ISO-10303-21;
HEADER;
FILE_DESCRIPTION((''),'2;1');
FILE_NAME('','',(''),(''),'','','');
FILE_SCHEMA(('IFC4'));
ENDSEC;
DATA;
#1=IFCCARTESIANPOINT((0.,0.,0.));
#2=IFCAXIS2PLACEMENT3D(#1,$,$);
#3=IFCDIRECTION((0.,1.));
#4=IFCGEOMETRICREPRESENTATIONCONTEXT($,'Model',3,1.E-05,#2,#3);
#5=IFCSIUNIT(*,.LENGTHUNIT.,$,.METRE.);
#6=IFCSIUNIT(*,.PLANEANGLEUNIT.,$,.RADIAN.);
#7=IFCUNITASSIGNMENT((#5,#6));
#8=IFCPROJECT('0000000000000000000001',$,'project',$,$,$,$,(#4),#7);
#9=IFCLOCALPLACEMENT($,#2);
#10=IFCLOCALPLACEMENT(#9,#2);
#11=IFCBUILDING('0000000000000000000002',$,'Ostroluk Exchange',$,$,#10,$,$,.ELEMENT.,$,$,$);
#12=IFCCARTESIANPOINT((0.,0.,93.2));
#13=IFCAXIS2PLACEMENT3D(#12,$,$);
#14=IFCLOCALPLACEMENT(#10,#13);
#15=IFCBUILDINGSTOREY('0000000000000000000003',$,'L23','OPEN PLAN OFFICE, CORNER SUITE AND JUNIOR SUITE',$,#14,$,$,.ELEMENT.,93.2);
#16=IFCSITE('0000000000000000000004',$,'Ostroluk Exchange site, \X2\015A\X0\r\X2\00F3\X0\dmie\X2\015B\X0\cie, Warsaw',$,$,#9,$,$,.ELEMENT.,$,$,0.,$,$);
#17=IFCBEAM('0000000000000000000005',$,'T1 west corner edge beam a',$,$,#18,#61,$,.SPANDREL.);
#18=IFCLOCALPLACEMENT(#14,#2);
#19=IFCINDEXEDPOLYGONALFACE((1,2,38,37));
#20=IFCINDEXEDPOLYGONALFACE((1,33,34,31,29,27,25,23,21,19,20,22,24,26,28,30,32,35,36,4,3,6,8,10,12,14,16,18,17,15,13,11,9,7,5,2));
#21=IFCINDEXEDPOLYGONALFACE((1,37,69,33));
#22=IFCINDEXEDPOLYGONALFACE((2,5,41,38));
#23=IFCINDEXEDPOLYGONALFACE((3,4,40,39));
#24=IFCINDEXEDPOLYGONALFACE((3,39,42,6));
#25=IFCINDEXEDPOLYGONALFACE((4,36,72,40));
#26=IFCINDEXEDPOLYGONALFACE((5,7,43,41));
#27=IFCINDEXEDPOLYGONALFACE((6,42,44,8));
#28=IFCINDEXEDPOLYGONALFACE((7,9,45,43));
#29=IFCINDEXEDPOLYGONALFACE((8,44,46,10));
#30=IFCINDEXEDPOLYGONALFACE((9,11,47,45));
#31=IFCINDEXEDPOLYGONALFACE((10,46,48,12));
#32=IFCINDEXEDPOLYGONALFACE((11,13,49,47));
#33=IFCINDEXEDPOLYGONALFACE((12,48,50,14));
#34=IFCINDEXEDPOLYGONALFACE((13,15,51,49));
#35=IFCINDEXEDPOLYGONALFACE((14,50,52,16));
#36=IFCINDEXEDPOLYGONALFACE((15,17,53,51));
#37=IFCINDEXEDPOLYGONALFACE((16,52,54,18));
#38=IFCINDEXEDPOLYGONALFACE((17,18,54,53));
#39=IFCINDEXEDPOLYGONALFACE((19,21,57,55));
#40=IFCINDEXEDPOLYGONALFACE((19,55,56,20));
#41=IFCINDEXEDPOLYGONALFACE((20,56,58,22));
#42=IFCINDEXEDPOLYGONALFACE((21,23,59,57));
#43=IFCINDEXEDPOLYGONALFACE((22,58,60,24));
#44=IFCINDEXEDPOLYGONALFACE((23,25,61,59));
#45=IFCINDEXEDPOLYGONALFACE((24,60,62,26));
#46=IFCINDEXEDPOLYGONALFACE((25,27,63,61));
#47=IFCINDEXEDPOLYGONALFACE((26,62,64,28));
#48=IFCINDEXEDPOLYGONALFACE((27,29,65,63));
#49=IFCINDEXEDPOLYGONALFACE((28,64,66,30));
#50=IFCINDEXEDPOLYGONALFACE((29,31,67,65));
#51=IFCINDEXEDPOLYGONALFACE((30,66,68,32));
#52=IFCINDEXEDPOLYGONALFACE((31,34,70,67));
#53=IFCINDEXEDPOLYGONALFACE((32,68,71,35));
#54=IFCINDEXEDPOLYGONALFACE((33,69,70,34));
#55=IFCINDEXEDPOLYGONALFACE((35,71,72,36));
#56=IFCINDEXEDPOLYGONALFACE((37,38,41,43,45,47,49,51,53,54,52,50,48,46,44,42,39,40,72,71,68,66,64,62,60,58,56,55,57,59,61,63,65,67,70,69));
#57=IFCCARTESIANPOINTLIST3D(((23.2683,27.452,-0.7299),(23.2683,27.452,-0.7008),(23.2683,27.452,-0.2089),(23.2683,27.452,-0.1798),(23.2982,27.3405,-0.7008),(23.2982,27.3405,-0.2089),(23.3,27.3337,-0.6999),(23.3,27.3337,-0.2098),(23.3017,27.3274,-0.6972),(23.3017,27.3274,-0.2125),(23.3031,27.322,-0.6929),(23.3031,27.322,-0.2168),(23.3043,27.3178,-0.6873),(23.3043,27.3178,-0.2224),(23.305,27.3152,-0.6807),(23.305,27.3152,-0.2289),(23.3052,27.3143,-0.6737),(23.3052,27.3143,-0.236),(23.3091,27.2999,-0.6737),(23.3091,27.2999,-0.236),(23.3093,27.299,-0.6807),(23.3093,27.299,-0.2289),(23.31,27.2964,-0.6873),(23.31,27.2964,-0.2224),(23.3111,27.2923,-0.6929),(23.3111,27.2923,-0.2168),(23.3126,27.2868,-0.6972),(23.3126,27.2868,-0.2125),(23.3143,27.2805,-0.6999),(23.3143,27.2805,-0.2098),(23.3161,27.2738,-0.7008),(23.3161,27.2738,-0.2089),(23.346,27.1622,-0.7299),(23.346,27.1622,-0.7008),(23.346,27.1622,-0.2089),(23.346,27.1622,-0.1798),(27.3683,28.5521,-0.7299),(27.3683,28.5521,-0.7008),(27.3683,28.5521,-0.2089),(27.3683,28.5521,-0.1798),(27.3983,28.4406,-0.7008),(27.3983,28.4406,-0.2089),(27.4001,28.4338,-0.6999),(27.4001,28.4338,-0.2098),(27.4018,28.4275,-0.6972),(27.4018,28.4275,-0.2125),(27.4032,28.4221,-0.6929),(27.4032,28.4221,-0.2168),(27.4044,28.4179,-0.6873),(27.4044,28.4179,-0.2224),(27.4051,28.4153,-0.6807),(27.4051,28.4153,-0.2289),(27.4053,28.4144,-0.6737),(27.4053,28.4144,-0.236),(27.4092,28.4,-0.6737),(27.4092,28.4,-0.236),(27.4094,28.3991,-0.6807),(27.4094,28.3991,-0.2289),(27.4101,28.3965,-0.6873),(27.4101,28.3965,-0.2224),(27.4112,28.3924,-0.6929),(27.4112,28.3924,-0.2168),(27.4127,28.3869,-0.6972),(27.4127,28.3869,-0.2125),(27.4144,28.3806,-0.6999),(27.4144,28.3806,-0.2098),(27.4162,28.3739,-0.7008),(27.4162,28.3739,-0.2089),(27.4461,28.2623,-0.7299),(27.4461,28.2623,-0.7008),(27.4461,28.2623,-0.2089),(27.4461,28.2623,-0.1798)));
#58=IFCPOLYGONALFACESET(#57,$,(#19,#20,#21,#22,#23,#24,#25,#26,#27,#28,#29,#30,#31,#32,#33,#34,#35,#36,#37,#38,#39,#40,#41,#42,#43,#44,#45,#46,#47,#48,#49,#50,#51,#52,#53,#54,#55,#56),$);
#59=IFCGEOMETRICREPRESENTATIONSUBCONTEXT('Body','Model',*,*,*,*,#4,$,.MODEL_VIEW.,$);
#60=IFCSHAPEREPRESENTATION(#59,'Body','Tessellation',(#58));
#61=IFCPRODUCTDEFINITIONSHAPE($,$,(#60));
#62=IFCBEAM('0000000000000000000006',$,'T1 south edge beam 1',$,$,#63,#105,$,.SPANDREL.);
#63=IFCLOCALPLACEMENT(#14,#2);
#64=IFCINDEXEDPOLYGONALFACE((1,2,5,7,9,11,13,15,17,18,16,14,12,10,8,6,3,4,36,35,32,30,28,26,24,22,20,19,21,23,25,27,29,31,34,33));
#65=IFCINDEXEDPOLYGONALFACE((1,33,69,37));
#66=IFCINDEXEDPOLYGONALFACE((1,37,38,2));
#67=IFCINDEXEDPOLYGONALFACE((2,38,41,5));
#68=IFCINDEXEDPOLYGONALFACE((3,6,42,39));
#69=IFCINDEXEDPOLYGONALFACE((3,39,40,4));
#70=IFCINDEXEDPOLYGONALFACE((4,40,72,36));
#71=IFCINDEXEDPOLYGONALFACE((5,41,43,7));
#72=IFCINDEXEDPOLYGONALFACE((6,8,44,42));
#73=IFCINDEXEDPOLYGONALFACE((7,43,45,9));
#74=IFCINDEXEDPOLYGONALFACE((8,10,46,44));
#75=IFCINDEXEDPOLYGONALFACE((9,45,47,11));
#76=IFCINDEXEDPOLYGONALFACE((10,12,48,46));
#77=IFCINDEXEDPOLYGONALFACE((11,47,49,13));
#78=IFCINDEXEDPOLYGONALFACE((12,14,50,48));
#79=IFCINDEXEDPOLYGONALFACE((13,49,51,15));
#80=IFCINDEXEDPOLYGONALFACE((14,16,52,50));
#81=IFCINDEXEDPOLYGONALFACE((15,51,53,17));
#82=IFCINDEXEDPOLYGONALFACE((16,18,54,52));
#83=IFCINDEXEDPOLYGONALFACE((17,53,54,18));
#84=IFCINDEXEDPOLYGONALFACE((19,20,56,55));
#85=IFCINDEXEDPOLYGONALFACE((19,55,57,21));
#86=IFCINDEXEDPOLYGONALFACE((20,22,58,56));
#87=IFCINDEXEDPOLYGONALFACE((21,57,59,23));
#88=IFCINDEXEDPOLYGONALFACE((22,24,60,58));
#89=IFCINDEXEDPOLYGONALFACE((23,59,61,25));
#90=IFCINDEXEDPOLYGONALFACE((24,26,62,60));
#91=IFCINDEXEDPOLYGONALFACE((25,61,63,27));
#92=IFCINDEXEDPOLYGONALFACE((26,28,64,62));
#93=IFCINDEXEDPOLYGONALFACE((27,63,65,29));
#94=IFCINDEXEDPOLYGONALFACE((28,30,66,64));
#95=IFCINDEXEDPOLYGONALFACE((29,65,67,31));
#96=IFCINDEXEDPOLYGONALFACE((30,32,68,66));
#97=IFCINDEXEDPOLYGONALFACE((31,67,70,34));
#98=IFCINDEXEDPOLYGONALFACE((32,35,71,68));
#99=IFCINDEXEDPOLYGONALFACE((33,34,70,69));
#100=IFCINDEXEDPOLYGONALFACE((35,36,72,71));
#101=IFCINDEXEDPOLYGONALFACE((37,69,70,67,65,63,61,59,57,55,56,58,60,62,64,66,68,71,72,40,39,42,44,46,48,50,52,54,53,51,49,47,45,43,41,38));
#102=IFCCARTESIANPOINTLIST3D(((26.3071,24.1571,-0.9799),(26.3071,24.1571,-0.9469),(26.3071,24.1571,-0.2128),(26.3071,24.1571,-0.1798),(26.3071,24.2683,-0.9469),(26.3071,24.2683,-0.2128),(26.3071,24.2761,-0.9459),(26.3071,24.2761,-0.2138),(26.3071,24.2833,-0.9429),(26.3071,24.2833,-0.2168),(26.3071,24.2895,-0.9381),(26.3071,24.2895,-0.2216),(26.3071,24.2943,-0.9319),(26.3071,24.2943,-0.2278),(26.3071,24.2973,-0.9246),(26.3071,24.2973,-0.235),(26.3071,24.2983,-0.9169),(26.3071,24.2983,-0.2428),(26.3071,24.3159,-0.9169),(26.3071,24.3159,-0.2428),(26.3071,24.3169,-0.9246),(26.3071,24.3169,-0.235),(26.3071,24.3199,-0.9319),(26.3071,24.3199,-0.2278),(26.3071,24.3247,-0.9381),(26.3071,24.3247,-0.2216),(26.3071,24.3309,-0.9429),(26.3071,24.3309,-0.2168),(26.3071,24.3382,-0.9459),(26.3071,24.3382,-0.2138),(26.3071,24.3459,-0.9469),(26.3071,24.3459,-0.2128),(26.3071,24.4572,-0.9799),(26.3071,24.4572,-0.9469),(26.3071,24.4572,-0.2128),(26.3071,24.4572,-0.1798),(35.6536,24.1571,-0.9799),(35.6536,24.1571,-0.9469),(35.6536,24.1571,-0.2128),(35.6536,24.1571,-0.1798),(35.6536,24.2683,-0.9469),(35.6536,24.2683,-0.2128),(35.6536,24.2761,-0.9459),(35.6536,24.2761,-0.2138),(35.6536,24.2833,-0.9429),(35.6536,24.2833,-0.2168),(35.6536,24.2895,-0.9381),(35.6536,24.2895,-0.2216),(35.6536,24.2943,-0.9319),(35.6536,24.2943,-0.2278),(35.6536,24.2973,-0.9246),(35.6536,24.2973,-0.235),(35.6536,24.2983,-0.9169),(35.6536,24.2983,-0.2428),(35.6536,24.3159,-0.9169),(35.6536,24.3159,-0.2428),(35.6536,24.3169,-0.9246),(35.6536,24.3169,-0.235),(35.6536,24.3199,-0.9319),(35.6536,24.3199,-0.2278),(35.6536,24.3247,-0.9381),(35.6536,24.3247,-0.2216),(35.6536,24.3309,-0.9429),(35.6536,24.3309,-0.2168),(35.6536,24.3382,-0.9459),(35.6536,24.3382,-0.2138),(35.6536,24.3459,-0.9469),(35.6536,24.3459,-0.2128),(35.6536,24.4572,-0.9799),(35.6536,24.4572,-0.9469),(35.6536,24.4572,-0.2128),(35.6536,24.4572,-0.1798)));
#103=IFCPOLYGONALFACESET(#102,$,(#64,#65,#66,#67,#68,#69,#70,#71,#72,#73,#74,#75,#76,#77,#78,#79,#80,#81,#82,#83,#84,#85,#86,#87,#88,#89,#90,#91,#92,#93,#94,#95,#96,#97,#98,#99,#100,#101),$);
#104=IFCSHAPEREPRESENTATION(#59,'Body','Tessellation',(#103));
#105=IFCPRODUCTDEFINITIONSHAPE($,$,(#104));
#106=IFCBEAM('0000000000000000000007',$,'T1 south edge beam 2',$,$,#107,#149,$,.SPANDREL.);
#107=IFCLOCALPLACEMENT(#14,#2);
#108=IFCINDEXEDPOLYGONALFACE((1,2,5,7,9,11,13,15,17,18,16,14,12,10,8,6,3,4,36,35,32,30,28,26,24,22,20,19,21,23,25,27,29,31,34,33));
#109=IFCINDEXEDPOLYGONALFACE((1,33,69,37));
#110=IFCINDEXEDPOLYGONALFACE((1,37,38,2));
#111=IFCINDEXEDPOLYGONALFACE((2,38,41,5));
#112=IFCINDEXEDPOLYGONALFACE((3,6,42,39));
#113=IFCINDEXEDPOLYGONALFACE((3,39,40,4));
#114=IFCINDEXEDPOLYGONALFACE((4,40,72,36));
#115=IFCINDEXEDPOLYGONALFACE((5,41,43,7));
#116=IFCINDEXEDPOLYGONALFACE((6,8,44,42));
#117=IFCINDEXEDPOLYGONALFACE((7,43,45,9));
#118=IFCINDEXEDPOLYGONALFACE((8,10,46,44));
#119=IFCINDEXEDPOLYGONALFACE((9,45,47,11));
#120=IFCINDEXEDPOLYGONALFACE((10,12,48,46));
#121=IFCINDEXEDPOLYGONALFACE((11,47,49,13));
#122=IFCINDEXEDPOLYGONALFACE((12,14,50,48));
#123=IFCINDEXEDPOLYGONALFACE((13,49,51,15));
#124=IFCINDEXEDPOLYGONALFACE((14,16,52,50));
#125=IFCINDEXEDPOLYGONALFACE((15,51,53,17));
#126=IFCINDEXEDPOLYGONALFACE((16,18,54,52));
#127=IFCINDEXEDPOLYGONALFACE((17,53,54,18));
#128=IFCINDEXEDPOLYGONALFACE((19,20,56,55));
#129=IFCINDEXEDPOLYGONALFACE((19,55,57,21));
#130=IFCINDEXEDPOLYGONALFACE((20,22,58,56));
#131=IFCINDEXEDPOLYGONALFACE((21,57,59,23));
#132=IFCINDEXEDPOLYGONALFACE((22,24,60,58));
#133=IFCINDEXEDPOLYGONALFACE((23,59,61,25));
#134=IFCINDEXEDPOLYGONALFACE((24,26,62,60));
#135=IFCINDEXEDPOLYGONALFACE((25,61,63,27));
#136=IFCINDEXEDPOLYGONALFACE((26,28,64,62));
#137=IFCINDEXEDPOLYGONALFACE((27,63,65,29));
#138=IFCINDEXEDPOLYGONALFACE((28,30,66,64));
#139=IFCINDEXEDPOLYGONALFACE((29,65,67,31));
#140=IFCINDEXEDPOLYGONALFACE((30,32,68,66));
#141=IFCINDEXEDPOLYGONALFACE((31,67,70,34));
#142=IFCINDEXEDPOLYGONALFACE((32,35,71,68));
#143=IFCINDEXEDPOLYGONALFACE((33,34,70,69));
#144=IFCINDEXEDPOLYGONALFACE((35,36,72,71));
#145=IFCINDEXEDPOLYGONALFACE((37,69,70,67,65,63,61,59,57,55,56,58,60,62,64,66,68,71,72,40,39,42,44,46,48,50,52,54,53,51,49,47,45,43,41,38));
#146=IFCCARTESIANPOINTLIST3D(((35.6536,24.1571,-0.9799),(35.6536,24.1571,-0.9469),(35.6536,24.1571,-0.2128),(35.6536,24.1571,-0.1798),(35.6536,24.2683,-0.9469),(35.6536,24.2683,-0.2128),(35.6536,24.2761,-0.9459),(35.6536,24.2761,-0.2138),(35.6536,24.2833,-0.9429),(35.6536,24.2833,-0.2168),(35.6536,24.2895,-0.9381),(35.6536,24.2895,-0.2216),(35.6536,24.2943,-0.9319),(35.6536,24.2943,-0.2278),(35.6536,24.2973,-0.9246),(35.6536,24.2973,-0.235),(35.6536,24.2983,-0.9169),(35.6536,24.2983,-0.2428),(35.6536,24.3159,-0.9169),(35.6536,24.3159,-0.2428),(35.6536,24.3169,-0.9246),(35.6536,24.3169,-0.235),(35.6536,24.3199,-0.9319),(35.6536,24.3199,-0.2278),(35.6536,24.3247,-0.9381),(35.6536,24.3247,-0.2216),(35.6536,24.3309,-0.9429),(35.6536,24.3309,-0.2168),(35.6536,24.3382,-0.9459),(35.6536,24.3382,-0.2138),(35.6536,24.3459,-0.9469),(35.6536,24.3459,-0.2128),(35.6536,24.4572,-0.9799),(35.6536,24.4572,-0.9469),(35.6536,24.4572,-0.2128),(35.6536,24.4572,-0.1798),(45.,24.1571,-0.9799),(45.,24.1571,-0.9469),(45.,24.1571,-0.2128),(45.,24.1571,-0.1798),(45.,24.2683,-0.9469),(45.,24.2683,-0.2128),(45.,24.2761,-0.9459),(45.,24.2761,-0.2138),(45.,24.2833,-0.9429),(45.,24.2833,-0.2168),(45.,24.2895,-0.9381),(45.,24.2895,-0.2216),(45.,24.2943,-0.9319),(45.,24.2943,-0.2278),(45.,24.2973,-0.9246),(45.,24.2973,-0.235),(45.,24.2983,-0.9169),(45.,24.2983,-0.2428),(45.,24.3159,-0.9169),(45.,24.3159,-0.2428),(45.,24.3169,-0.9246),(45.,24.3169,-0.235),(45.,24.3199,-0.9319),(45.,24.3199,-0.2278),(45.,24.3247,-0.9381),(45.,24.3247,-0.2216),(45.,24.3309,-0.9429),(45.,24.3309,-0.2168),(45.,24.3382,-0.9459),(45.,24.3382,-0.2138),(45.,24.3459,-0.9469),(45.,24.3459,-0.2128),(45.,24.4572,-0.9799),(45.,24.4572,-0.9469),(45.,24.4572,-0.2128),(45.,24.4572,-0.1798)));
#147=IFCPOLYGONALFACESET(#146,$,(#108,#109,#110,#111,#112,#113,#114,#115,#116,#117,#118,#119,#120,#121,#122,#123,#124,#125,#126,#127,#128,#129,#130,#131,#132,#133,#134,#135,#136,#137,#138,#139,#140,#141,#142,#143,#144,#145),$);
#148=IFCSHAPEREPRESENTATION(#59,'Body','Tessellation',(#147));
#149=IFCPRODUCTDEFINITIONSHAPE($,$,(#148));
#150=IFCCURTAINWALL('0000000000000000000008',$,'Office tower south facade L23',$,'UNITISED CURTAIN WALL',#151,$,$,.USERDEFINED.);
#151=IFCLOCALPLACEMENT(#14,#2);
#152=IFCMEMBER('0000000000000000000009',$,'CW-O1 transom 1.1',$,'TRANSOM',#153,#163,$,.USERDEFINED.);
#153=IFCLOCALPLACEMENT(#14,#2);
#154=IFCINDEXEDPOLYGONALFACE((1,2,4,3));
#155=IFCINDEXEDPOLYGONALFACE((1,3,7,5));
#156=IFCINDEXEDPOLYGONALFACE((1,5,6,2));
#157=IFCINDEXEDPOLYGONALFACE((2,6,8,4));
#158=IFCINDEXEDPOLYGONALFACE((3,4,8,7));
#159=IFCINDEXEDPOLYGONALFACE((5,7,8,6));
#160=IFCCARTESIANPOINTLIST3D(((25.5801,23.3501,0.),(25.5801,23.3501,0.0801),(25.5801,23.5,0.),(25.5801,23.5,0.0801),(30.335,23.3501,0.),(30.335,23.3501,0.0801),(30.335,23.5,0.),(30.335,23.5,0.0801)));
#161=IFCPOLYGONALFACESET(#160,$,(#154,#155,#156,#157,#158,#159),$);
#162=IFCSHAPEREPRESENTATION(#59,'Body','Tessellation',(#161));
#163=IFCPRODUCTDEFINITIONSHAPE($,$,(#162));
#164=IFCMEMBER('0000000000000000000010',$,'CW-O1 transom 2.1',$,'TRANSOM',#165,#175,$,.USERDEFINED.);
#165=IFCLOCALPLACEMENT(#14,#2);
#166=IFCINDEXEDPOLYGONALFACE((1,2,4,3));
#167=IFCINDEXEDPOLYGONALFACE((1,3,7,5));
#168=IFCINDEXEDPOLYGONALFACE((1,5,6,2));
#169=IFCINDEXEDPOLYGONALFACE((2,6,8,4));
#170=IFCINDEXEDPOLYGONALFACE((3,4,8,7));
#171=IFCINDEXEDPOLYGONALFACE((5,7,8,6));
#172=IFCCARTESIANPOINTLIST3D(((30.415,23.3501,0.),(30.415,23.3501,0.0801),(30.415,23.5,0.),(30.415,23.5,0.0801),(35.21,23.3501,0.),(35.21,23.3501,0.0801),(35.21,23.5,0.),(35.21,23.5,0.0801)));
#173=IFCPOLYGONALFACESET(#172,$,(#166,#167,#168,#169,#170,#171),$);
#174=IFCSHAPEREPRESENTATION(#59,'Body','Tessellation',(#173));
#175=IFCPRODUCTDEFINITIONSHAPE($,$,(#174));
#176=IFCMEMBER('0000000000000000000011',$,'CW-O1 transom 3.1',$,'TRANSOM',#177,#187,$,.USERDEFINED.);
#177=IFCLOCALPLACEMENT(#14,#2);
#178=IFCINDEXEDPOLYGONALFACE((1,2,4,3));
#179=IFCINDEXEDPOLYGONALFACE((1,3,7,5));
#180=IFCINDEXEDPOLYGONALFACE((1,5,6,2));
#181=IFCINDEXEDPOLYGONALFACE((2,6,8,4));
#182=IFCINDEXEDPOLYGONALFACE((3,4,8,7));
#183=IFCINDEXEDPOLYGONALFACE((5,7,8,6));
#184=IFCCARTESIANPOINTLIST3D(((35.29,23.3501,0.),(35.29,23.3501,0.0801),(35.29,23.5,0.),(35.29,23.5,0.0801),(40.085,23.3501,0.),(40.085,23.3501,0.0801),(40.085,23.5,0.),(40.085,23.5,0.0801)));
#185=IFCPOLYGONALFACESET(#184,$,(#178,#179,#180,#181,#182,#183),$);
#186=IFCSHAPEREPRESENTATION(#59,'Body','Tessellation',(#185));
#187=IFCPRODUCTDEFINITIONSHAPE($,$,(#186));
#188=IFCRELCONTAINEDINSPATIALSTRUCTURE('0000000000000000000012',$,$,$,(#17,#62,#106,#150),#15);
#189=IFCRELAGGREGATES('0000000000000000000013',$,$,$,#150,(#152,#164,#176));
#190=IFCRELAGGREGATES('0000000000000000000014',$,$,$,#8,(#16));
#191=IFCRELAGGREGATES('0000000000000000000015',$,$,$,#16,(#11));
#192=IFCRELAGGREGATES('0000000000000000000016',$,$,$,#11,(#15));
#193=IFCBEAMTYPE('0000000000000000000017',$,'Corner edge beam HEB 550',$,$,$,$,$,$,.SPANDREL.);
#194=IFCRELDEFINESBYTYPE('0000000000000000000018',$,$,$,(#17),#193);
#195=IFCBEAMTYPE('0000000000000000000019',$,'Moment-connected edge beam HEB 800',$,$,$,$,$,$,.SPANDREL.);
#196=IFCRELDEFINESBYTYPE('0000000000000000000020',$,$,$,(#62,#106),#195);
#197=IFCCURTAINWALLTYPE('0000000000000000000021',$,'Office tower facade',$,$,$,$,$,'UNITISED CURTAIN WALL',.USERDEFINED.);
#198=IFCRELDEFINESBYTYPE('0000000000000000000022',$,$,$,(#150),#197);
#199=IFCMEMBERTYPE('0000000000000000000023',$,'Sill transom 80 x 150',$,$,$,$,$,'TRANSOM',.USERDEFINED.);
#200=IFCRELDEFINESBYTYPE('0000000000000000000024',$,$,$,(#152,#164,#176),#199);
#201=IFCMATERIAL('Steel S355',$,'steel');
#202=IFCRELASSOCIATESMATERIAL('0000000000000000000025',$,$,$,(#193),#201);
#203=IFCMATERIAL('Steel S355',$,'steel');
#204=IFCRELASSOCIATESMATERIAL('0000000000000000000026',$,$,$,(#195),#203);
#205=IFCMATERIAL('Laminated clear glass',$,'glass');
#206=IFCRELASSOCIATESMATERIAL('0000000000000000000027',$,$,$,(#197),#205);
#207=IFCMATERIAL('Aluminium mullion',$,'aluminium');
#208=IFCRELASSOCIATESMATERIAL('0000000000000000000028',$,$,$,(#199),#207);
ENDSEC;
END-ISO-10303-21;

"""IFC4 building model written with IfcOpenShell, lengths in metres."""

from ifc_helpers import new_model, si_unit, direction, frame, origin, origin_2d, place, context, subcontext, project, spatial, rectangle, i_section, extrude, material, material_profile, profile_set, type_object, element, aggregate, save


model = new_model("IFC4")

# Units and contexts
model_context = context("Model", 3, precision=1e-05, world=origin(), true_north=direction((0.0, 1.0)))
body_context = subcontext(model_context, "Body", "Model", "MODEL_VIEW")
ifc_project = project(units=[si_unit("LENGTHUNIT", "METRE"), si_unit("PLANEANGLEUNIT", "RADIAN")], contexts=[model_context])

# Site, building, storey
site_placement = place(None, origin())
site = spatial("IfcSite", under=ifc_project, at=site_placement, Name="Ostroluk Exchange site, Śródmieście, Warsaw", CompositionType="ELEMENT", RefElevation=0.0)
building_placement = place(site_placement, origin())
building = spatial("IfcBuilding", under=site, at=building_placement, Name="Ostroluk Exchange", CompositionType="ELEMENT")
storey_placement = place(building_placement, frame((0.0, 0.0, 93.2)))
storey = spatial("IfcBuildingStorey", under=building, at=storey_placement, Name="L23", Description="OPEN PLAN OFFICE, CORNER SUITE AND JUNIOR SUITE", CompositionType="ELEMENT", Elevation=93.2)

# Beams
ifc_material_1 = material(Name="Steel S355", Category="steel")
ifc_material_profile_1 = material_profile(ifc_material_1, i_section(OverallWidth=0.3, OverallDepth=0.55, WebThickness=0.0149, FlangeThickness=0.0291, FilletRadius=0.0271, at=origin_2d()), Name="HEB 550")
ifc_profile_set_1 = profile_set([ifc_material_profile_1], Name="Steel S355")
beam_type_1 = type_object("IfcBeamType", Name="Corner edge beam HEB 550", PredefinedType="SPANDREL", material=ifc_profile_set_1)
beam_placement = place(storey_placement, frame((27.4072, 28.4072, -0.4548), z_axis=(-0.965839, -0.259144, 0.0), x_axis=(0.259144, -0.965839, 0.0)))
element("IfcBeam", 1, at=beam_placement, inside=storey, type_object=beam_type_1, Name="T1 west corner edge beam a", PredefinedType="SPANDREL", context=body_context, shape_type="SweptSolid", body=[
    extrude(i_section(OverallWidth=0.3, OverallDepth=0.55, WebThickness=0.0149, FlangeThickness=0.0291, FilletRadius=0.0271, at=origin_2d()), origin(), (0.0, 0.0, 1.0), 4.2451),
])
ifc_material_2 = material(Name="Steel S355", Category="steel")
ifc_material_profile_2 = material_profile(ifc_material_2, i_section(OverallWidth=0.3, OverallDepth=0.8, WebThickness=0.0176, FlangeThickness=0.033, FilletRadius=0.03, at=origin_2d()), Name="HEB 800")
ifc_profile_set_2 = profile_set([ifc_material_profile_2], Name="Steel S355")
beam_type_2 = type_object("IfcBeamType", Name="Moment-connected edge beam HEB 800", PredefinedType="SPANDREL", material=ifc_profile_set_2)
for number, where, z_axis, x_axis, name in (
    (2, (26.3071, 24.3071, -0.5798), (1.0, 0.0, 0.0), (0.0, 1.0, 0.0), "T1 south edge beam 1"),
    (3, (35.6536, 24.3071, -0.5798), (1.0, 0.0, 0.0), (0.0, 1.0, 0.0), "T1 south edge beam 2"),
):
    element("IfcBeam", number, at=place(storey_placement, frame(where, z_axis=z_axis, x_axis=x_axis)), inside=storey, type_object=beam_type_2, Name=name, PredefinedType="SPANDREL", context=body_context, shape_type="SweptSolid", body=[
        extrude(i_section(OverallWidth=0.3, OverallDepth=0.8, WebThickness=0.0176, FlangeThickness=0.033, FilletRadius=0.03, at=origin_2d()), origin(), (0.0, 0.0, 1.0), 9.3464),
    ])

# Curtain wall, members
ifc_material_3 = material(Name="Laminated clear glass", Category="glass")
curtain_wall_type = type_object("IfcCurtainWallType", Name="Office tower facade", ElementType="UNITISED CURTAIN WALL", PredefinedType="USERDEFINED", material=ifc_material_3)
curtain_wall_1_placement = place(storey_placement, origin())
curtain_wall_1 = element("IfcCurtainWall", 4, at=curtain_wall_1_placement, inside=storey, type_object=curtain_wall_type, Name="Office tower south facade L23", ObjectType="UNITISED CURTAIN WALL", PredefinedType="USERDEFINED")
ifc_material_4 = material(Name="Aluminium mullion", Category="aluminium")
ifc_material_profile_3 = material_profile(ifc_material_4, rectangle(XDim=0.1499, YDim=0.0801, at=origin_2d()), Name="Sill transom 80 x 150")
ifc_profile_set_3 = profile_set([ifc_material_profile_3], Name="Aluminium mullion")
member_type_1 = type_object("IfcMemberType", Name="Sill transom 80 x 150", ElementType="TRANSOM", PredefinedType="USERDEFINED", material=ifc_profile_set_3)
member_1_placement = place(storey_placement, frame((25.5801, 23.425, 0.04), z_axis=(1.0, 0.0, 0.0), x_axis=(0.0, 1.0, 0.0)))
member_1 = element("IfcMember", 5, at=member_1_placement, type_object=member_type_1, Name="CW-O1 transom 1.1", ObjectType="TRANSOM", PredefinedType="USERDEFINED", context=body_context, shape_type="SweptSolid", body=[
    extrude(rectangle(XDim=0.1499, YDim=0.0801, at=origin_2d()), origin(), (0.0, 0.0, 1.0), 4.7549),
])
member_2_placement = place(storey_placement, frame((30.415, 23.425, 0.04), z_axis=(1.0, 0.0, 0.0), x_axis=(0.0, 1.0, 0.0)))
member_2 = element("IfcMember", 6, at=member_2_placement, type_object=member_type_1, Name="CW-O1 transom 2.1", ObjectType="TRANSOM", PredefinedType="USERDEFINED", context=body_context, shape_type="SweptSolid", body=[
    extrude(rectangle(XDim=0.1499, YDim=0.0801, at=origin_2d()), origin(), (0.0, 0.0, 1.0), 4.7949),
])
member_3_placement = place(storey_placement, frame((35.29, 23.425, 0.04), z_axis=(1.0, 0.0, 0.0), x_axis=(0.0, 1.0, 0.0)))
member_3 = element("IfcMember", 7, at=member_3_placement, type_object=member_type_1, Name="CW-O1 transom 3.1", ObjectType="TRANSOM", PredefinedType="USERDEFINED", context=body_context, shape_type="SweptSolid", body=[
    extrude(rectangle(XDim=0.1499, YDim=0.0801, at=origin_2d()), origin(), (0.0, 0.0, 1.0), 4.7949),
])

aggregate(curtain_wall_1, [member_1, member_2, member_3])

save(model, "model.ifc")
